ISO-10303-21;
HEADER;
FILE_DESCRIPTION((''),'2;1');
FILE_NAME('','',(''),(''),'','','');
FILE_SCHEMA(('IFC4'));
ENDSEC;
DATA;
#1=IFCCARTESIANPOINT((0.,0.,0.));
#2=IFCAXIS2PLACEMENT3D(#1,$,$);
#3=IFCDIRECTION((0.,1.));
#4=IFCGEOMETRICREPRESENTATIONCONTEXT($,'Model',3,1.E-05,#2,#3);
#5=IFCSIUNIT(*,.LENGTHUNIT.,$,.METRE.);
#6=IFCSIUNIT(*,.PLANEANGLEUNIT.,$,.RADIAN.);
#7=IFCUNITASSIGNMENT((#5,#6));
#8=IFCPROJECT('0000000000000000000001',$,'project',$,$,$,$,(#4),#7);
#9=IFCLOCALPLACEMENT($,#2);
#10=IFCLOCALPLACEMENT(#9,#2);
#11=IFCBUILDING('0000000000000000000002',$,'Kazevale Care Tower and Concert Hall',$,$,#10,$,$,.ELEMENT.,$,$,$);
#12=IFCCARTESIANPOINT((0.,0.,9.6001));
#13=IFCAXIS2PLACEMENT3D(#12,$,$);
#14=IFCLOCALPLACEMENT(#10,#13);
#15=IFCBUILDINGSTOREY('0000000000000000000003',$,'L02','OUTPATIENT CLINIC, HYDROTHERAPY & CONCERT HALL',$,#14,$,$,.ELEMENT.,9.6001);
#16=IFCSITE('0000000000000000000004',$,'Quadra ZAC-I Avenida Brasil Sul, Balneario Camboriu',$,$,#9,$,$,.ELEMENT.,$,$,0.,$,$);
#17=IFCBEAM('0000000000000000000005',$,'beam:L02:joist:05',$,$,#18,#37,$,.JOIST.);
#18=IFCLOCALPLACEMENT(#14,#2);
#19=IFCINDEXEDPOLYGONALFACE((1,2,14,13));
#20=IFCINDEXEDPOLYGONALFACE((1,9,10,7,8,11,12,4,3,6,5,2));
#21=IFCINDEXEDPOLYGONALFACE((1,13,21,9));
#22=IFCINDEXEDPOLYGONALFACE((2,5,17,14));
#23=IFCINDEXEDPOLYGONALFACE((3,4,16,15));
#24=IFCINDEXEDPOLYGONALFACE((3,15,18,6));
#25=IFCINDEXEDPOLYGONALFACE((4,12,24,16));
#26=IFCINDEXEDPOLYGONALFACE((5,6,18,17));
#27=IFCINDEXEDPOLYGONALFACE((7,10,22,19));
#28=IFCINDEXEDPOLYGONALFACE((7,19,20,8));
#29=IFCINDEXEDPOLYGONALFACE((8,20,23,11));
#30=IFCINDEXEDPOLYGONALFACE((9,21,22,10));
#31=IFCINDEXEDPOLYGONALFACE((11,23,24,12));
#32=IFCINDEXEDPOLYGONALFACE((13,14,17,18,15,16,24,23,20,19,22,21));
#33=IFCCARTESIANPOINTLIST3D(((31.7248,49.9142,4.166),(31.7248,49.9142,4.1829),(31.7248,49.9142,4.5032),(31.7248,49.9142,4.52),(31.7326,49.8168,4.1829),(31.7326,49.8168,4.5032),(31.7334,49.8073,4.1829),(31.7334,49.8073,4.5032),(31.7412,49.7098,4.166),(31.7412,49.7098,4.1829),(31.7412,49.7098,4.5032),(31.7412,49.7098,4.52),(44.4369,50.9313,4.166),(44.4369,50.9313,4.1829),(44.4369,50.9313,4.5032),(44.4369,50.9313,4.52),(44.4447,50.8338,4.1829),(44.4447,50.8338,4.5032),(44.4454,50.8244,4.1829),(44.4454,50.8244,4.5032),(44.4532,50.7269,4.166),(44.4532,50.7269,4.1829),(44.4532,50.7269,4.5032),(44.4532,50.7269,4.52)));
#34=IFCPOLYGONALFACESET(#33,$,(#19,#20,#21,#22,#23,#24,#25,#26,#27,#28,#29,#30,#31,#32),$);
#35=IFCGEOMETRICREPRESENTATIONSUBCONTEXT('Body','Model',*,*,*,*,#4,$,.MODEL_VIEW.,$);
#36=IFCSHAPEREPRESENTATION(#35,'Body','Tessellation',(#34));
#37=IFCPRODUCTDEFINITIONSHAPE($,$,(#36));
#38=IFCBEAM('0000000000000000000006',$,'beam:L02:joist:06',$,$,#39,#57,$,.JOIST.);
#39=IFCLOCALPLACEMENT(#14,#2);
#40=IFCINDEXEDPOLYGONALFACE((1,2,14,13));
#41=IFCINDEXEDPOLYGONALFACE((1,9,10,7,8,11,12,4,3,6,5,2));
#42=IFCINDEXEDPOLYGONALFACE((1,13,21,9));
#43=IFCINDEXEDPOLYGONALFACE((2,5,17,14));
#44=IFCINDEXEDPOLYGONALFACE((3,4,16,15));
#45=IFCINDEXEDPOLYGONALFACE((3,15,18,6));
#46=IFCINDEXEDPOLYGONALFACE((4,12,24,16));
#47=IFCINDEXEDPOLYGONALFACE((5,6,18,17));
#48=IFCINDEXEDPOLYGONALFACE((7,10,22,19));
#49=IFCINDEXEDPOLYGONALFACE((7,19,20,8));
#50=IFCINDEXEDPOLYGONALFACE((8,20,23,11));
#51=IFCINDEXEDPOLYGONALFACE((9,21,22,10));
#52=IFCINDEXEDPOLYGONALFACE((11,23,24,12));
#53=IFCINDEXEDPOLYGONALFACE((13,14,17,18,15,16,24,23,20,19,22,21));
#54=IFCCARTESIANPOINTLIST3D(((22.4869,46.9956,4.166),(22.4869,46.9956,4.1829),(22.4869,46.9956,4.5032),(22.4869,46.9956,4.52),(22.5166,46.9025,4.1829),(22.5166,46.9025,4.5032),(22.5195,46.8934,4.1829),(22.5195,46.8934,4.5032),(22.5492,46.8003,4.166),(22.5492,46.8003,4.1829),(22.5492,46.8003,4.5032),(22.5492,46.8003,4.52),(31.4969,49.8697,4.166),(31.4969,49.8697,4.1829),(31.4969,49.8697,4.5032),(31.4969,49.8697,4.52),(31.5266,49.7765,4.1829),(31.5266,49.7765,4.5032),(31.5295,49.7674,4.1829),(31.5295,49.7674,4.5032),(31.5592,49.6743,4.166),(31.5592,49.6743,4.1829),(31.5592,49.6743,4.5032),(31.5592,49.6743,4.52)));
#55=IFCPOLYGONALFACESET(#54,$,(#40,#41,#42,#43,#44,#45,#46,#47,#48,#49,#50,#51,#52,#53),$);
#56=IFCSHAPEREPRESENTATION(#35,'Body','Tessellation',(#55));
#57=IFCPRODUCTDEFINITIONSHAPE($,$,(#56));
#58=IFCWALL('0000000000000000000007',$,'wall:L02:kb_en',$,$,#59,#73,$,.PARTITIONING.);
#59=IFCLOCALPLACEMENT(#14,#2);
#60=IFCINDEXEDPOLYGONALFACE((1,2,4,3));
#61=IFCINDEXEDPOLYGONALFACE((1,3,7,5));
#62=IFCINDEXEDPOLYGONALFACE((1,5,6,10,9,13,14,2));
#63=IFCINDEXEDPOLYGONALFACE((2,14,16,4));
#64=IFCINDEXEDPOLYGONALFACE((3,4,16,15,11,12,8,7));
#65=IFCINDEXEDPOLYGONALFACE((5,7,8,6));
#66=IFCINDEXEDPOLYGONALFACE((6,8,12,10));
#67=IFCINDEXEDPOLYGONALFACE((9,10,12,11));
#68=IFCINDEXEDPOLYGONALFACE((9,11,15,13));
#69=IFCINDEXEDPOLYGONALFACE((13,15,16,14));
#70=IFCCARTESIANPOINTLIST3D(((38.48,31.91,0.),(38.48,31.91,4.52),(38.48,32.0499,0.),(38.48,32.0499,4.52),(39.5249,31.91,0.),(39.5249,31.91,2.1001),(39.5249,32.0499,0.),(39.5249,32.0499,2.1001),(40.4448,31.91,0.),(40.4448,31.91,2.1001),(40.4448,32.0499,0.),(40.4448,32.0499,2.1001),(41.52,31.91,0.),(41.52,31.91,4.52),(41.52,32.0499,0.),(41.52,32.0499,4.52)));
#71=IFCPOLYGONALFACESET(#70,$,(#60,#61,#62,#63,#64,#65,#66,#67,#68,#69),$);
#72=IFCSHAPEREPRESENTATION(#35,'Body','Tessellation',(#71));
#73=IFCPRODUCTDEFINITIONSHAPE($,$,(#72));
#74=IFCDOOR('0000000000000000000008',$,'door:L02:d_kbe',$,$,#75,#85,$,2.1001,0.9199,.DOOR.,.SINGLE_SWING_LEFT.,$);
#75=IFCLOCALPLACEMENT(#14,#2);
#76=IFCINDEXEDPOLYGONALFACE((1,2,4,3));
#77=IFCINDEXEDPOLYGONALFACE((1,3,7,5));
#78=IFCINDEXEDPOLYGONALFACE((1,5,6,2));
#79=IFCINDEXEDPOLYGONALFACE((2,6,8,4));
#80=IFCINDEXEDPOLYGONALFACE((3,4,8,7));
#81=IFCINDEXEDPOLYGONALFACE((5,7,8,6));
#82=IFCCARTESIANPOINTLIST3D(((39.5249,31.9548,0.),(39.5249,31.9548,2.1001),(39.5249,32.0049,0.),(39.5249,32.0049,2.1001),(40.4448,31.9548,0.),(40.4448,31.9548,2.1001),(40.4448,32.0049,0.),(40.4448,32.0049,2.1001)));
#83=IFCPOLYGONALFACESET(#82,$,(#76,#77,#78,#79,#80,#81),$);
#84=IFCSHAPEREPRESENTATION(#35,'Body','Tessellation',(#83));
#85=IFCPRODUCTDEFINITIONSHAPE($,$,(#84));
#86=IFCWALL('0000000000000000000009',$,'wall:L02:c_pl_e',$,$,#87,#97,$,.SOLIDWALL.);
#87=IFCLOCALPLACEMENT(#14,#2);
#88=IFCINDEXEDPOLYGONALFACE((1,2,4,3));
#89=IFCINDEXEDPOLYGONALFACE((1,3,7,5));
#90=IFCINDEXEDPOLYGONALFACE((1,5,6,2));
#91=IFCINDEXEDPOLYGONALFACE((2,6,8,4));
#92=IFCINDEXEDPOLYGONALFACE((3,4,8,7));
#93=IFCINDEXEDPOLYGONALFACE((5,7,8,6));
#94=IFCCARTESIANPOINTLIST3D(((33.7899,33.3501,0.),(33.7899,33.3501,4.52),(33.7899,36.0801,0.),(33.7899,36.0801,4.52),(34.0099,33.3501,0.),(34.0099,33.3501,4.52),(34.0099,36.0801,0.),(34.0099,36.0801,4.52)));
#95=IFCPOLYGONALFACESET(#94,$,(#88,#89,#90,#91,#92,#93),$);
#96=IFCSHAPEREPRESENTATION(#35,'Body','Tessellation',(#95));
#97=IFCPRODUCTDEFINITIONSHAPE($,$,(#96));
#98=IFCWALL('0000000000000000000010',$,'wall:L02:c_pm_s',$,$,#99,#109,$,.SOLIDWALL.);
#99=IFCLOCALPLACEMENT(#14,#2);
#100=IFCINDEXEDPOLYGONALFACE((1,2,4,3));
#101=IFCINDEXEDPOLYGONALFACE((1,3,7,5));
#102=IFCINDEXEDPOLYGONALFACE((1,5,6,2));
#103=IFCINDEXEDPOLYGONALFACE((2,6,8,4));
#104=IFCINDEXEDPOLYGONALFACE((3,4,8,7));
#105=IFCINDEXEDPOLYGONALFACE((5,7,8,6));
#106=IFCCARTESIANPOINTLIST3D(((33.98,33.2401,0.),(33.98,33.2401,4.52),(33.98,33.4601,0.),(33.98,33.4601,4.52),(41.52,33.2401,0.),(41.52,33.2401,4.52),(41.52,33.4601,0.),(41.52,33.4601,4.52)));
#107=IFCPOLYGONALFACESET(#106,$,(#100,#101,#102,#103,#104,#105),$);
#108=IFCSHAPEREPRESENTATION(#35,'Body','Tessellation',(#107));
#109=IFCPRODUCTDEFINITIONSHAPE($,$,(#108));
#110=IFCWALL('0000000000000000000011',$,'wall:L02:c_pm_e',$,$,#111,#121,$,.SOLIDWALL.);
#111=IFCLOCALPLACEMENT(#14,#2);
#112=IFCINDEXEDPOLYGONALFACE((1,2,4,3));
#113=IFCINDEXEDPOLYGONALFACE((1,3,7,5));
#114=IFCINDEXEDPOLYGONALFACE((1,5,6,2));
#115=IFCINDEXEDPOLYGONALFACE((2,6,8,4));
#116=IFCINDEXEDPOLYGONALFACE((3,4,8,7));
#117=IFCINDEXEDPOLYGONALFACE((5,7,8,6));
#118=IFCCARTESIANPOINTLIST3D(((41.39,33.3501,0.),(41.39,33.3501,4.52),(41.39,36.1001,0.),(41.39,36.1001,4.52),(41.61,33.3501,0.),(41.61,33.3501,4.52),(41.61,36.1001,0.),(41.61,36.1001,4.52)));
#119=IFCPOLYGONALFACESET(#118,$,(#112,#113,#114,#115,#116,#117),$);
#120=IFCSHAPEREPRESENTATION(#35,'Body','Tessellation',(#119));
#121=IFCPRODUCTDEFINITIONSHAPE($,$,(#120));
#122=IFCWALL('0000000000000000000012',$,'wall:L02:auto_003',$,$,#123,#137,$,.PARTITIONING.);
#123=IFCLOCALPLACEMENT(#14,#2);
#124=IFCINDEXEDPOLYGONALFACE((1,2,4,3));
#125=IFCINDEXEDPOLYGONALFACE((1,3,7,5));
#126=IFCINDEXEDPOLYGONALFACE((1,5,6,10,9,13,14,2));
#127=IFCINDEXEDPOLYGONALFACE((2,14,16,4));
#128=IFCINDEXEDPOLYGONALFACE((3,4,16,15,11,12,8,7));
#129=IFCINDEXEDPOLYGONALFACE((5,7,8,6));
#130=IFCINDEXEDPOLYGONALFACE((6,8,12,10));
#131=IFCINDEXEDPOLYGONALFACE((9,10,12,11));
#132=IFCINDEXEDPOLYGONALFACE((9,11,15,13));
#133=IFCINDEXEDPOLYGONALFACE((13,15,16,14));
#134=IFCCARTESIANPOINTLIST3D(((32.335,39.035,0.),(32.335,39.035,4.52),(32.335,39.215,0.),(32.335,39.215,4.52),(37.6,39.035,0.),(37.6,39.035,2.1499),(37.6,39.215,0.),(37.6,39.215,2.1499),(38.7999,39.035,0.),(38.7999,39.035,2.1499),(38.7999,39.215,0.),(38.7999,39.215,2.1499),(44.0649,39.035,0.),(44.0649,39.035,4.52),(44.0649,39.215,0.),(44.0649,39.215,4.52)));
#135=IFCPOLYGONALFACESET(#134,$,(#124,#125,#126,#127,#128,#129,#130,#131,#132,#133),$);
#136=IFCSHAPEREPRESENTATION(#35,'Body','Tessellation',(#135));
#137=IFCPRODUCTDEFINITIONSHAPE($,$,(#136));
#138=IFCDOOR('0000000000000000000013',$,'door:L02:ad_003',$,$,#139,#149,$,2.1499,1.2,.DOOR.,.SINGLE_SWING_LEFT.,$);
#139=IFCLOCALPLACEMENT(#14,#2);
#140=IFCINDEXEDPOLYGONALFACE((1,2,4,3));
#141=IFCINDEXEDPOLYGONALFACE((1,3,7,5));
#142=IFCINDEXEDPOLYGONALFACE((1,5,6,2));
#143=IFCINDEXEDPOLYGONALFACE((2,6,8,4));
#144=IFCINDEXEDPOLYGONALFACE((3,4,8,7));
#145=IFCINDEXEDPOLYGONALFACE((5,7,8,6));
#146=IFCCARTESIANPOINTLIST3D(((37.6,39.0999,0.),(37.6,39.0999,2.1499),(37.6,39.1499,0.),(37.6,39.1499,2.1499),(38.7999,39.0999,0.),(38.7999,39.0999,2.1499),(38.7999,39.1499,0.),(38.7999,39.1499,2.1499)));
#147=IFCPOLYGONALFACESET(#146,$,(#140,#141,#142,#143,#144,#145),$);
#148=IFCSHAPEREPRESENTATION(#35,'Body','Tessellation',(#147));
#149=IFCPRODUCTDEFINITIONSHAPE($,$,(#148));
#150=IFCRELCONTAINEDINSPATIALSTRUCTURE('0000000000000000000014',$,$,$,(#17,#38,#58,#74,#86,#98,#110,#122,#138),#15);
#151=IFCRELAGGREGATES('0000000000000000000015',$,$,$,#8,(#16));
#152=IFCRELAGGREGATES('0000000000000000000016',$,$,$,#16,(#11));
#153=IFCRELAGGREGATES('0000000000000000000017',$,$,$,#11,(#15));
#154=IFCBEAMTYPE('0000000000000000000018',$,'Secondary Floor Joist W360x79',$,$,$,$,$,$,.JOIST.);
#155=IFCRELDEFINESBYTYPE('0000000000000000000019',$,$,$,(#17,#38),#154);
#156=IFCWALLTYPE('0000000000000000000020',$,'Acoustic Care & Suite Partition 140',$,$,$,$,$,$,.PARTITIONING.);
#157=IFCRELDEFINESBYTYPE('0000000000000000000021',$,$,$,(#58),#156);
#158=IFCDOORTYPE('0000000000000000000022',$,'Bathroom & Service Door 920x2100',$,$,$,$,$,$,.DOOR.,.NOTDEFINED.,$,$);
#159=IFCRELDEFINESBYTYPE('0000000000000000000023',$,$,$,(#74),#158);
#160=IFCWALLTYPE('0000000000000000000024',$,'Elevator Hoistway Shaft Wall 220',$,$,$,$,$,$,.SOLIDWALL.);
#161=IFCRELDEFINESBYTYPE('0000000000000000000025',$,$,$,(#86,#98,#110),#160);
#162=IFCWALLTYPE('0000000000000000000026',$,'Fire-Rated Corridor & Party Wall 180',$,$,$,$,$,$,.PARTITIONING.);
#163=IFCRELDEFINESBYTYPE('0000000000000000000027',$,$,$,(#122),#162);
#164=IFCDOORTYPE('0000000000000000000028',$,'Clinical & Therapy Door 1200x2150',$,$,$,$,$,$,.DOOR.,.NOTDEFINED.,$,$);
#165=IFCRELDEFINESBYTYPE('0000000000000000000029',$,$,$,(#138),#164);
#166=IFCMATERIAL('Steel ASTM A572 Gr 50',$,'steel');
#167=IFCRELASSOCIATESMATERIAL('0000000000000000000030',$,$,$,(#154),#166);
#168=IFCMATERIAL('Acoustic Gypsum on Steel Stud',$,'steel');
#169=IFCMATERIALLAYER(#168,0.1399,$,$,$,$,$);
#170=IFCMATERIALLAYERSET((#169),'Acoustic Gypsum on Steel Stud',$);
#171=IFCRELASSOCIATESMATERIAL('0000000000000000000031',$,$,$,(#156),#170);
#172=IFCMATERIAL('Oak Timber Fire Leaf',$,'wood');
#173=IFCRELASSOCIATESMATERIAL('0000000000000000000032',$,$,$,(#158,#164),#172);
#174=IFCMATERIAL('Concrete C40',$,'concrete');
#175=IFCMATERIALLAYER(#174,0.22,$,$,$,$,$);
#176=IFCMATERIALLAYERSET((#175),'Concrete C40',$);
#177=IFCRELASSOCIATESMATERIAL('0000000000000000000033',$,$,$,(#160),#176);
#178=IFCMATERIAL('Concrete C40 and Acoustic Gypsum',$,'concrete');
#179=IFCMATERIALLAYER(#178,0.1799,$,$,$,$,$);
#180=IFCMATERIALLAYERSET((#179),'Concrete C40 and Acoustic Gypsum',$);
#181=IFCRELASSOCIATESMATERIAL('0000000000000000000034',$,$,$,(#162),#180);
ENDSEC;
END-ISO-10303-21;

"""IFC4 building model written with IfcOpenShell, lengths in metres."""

from ifc_helpers import new_model, si_unit, direction, frame, frame_2d, origin, origin_2d, place, context, subcontext, project, spatial, rectangle, i_section, extrude, material, layer, layer_set, material_profile, profile_set, type_object, element, fill, save


model = new_model("IFC4")

# Units and contexts
model_context = context("Model", 3, precision=1e-05, world=origin(), true_north=direction((0.0, 1.0)))
body_context = subcontext(model_context, "Body", "Model", "MODEL_VIEW")
ifc_project = project(units=[si_unit("LENGTHUNIT", "METRE"), si_unit("PLANEANGLEUNIT", "RADIAN")], contexts=[model_context])

# Site, building, storey
site_placement = place(None, origin())
site = spatial("IfcSite", under=ifc_project, at=site_placement, Name="Quadra ZAC-I Avenida Brasil Sul, Balneario Camboriu", CompositionType="ELEMENT", RefElevation=0.0)
building_placement = place(site_placement, origin())
building = spatial("IfcBuilding", under=site, at=building_placement, Name="Kazevale Care Tower and Concert Hall", CompositionType="ELEMENT")
storey_placement = place(building_placement, frame((0.0, 0.0, 9.6001)))
storey = spatial("IfcBuildingStorey", under=building, at=storey_placement, Name="L02", Description="OUTPATIENT CLINIC, HYDROTHERAPY & CONCERT HALL", CompositionType="ELEMENT", Elevation=9.6001)

# Beams
ifc_material_1 = material(Name="Steel ASTM A572 Gr 50", Category="steel")
ifc_material_profile_1 = material_profile(ifc_material_1, i_section(OverallWidth=0.2051, OverallDepth=0.354, WebThickness=0.0095, FlangeThickness=0.0168, at=origin_2d()), Name="W360x79")
ifc_profile_set_1 = profile_set([ifc_material_profile_1], Name="Steel ASTM A572 Gr 50")
beam_type_1 = type_object("IfcBeamType", Name="Secondary Floor Joist W360x79", PredefinedType="JOIST", material=ifc_profile_set_1)
beam_1_placement = place(storey_placement, frame((44.4451, 50.8291, 4.343), z_axis=(-0.996815, -0.079754, 0.0), x_axis=(0.079754, -0.996815, 0.0)))
element("IfcBeam", 1, at=beam_1_placement, inside=storey, type_object=beam_type_1, Name="beam:L02:joist:05", PredefinedType="JOIST", context=body_context, shape_type="SweptSolid", body=[
    extrude(i_section(OverallWidth=0.2051, OverallDepth=0.354, WebThickness=0.0095, FlangeThickness=0.0168, at=origin_2d()), origin(), (0.0, 0.0, 1.0), 12.7527),
])
beam_2_placement = place(storey_placement, frame((31.5281, 49.772, 4.343), z_axis=(-0.952705, -0.303895, 0.0), x_axis=(0.303895, -0.952705, 0.0)))
element("IfcBeam", 2, at=beam_2_placement, inside=storey, type_object=beam_type_1, Name="beam:L02:joist:06", PredefinedType="JOIST", context=body_context, shape_type="SweptSolid", body=[
    extrude(i_section(OverallWidth=0.2051, OverallDepth=0.354, WebThickness=0.0095, FlangeThickness=0.0168, at=origin_2d()), origin(), (0.0, 0.0, 1.0), 9.4573),
])

# Wall, opening, door
ifc_material_2 = material(Name="Acoustic Gypsum on Steel Stud", Category="steel")
ifc_layer_1 = layer(ifc_material_2, 0.1399)
ifc_layer_set_1 = layer_set([ifc_layer_1], Name="Acoustic Gypsum on Steel Stud")
wall_type_1 = type_object("IfcWallType", Name="Acoustic Care & Suite Partition 140", PredefinedType="PARTITIONING", material=ifc_layer_set_1)
wall_1_placement = place(storey_placement, frame((38.48, 31.98, 0.0), z_axis=(0.0, 0.0, 1.0), x_axis=(1.0, 0.0, 0.0)))
wall_1 = element("IfcWall", 3, at=wall_1_placement, inside=storey, type_object=wall_type_1, Name="wall:L02:kb_en", PredefinedType="PARTITIONING", context=body_context, shape_type="SweptSolid", body=[
    extrude(rectangle(XDim=3.04, YDim=0.1399, at=frame_2d((1.52, 0.0))), origin(), (0.0, 0.0, 1.0), 4.52),
])
opening_1_placement = place(wall_1_placement, frame((1.0449, 0.0, 0.0)))
opening_1 = element("IfcOpeningElement", 4, at=opening_1_placement, cuts=wall_1, PredefinedType="OPENING", context=body_context, shape_type="SweptSolid", body=[
    extrude(rectangle(XDim=0.9199, YDim=2.1001, at=frame_2d((0.46, 1.05))), frame((0.0, 0.0798, 0.0), z_axis=(0.0, -1.0, 0.0), x_axis=(1.0, 0.0, 0.0)), (0.0, 0.0, 1.0), 0.1599),
])
ifc_material_3 = material(Name="Oak Timber Fire Leaf", Category="wood")
door_type_1 = type_object("IfcDoorType", Name="Bathroom & Service Door 920x2100", OperationType="NOTDEFINED", PredefinedType="DOOR", material=ifc_material_3)
door_1_placement = place(opening_1_placement, origin())
door_1 = element("IfcDoor", 5, at=door_1_placement, inside=storey, type_object=door_type_1, Name="door:L02:d_kbe", OperationType="SINGLE_SWING_LEFT", OverallHeight=2.1001, OverallWidth=0.9199, PredefinedType="DOOR", context=body_context, shape_type="SweptSolid", body=[
    extrude(rectangle(XDim=0.9199, YDim=2.1001, at=frame_2d((0.46, 1.05))), frame((0.0, 0.0249, 0.0), z_axis=(0.0, -1.0, 0.0), x_axis=(1.0, 0.0, 0.0)), (0.0, 0.0, 1.0), 0.05),
])
fill(opening_1, door_1)

# Walls
ifc_material_4 = material(Name="Concrete C40", Category="concrete")
ifc_layer_2 = layer(ifc_material_4, 0.22)
ifc_layer_set_2 = layer_set([ifc_layer_2], Name="Concrete C40")
wall_type_2 = type_object("IfcWallType", Name="Elevator Hoistway Shaft Wall 220", PredefinedType="SOLIDWALL", material=ifc_layer_set_2)
wall_2_placement = place(storey_placement, frame((33.8999, 33.3501, 0.0), z_axis=(0.0, 0.0, 1.0), x_axis=(0.0, 1.0, 0.0)))
element("IfcWall", 6, at=wall_2_placement, inside=storey, type_object=wall_type_2, Name="wall:L02:c_pl_e", PredefinedType="SOLIDWALL", context=body_context, shape_type="SweptSolid", body=[
    extrude(rectangle(XDim=2.73, YDim=0.22, at=frame_2d((1.365, 0.0))), origin(), (0.0, 0.0, 1.0), 4.52),
])
wall_3_placement = place(storey_placement, frame((33.98, 33.3501, 0.0), z_axis=(0.0, 0.0, 1.0), x_axis=(1.0, 0.0, 0.0)))
element("IfcWall", 7, at=wall_3_placement, inside=storey, type_object=wall_type_2, Name="wall:L02:c_pm_s", PredefinedType="SOLIDWALL", context=body_context, shape_type="SweptSolid", body=[
    extrude(rectangle(XDim=7.54, YDim=0.22, at=frame_2d((3.77, 0.0))), origin(), (0.0, 0.0, 1.0), 4.52),
])
wall_4_placement = place(storey_placement, frame((41.5, 33.3501, 0.0), z_axis=(0.0, 0.0, 1.0), x_axis=(0.0, 1.0, 0.0)))
element("IfcWall", 8, at=wall_4_placement, inside=storey, type_object=wall_type_2, Name="wall:L02:c_pm_e", PredefinedType="SOLIDWALL", context=body_context, shape_type="SweptSolid", body=[
    extrude(rectangle(XDim=2.75, YDim=0.22, at=frame_2d((1.375, 0.0))), origin(), (0.0, 0.0, 1.0), 4.52),
])

# Wall, opening, door
ifc_material_5 = material(Name="Concrete C40 and Acoustic Gypsum", Category="concrete")
ifc_layer_3 = layer(ifc_material_5, 0.1799)
ifc_layer_set_3 = layer_set([ifc_layer_3], Name="Concrete C40 and Acoustic Gypsum")
wall_type_3 = type_object("IfcWallType", Name="Fire-Rated Corridor & Party Wall 180", PredefinedType="PARTITIONING", material=ifc_layer_set_3)
wall_5_placement = place(storey_placement, frame((32.335, 39.125, 0.0), z_axis=(0.0, 0.0, 1.0), x_axis=(1.0, 0.0, 0.0)))
wall_5 = element("IfcWall", 9, at=wall_5_placement, inside=storey, type_object=wall_type_3, Name="wall:L02:auto_003", PredefinedType="PARTITIONING", context=body_context, shape_type="SweptSolid", body=[
    extrude(rectangle(XDim=11.73, YDim=0.1799, at=frame_2d((5.865, 0.0))), origin(), (0.0, 0.0, 1.0), 4.52),
])
opening_2_placement = place(wall_5_placement, frame((5.2649, 0.0, 0.0)))
opening_2 = element("IfcOpeningElement", 10, at=opening_2_placement, cuts=wall_5, PredefinedType="OPENING", context=body_context, shape_type="SweptSolid", body=[
    extrude(rectangle(XDim=1.2, YDim=2.1499, at=frame_2d((0.6001, 1.075))), frame((0.0, 0.0999, 0.0), z_axis=(0.0, -1.0, 0.0), x_axis=(1.0, 0.0, 0.0)), (0.0, 0.0, 1.0), 0.2),
])
door_type_2 = type_object("IfcDoorType", Name="Clinical & Therapy Door 1200x2150", OperationType="NOTDEFINED", PredefinedType="DOOR", material=ifc_material_3)
door_2_placement = place(opening_2_placement, origin())
door_2 = element("IfcDoor", 11, at=door_2_placement, inside=storey, type_object=door_type_2, Name="door:L02:ad_003", OperationType="SINGLE_SWING_LEFT", OverallHeight=2.1499, OverallWidth=1.2, PredefinedType="DOOR", context=body_context, shape_type="SweptSolid", body=[
    extrude(rectangle(XDim=1.2, YDim=2.1499, at=frame_2d((0.6001, 1.075))), frame((0.0, 0.0249, 0.0), z_axis=(0.0, -1.0, 0.0), x_axis=(1.0, 0.0, 0.0)), (0.0, 0.0, 1.0), 0.05),
])
fill(opening_2, door_2)

save(model, "model.ifc")
